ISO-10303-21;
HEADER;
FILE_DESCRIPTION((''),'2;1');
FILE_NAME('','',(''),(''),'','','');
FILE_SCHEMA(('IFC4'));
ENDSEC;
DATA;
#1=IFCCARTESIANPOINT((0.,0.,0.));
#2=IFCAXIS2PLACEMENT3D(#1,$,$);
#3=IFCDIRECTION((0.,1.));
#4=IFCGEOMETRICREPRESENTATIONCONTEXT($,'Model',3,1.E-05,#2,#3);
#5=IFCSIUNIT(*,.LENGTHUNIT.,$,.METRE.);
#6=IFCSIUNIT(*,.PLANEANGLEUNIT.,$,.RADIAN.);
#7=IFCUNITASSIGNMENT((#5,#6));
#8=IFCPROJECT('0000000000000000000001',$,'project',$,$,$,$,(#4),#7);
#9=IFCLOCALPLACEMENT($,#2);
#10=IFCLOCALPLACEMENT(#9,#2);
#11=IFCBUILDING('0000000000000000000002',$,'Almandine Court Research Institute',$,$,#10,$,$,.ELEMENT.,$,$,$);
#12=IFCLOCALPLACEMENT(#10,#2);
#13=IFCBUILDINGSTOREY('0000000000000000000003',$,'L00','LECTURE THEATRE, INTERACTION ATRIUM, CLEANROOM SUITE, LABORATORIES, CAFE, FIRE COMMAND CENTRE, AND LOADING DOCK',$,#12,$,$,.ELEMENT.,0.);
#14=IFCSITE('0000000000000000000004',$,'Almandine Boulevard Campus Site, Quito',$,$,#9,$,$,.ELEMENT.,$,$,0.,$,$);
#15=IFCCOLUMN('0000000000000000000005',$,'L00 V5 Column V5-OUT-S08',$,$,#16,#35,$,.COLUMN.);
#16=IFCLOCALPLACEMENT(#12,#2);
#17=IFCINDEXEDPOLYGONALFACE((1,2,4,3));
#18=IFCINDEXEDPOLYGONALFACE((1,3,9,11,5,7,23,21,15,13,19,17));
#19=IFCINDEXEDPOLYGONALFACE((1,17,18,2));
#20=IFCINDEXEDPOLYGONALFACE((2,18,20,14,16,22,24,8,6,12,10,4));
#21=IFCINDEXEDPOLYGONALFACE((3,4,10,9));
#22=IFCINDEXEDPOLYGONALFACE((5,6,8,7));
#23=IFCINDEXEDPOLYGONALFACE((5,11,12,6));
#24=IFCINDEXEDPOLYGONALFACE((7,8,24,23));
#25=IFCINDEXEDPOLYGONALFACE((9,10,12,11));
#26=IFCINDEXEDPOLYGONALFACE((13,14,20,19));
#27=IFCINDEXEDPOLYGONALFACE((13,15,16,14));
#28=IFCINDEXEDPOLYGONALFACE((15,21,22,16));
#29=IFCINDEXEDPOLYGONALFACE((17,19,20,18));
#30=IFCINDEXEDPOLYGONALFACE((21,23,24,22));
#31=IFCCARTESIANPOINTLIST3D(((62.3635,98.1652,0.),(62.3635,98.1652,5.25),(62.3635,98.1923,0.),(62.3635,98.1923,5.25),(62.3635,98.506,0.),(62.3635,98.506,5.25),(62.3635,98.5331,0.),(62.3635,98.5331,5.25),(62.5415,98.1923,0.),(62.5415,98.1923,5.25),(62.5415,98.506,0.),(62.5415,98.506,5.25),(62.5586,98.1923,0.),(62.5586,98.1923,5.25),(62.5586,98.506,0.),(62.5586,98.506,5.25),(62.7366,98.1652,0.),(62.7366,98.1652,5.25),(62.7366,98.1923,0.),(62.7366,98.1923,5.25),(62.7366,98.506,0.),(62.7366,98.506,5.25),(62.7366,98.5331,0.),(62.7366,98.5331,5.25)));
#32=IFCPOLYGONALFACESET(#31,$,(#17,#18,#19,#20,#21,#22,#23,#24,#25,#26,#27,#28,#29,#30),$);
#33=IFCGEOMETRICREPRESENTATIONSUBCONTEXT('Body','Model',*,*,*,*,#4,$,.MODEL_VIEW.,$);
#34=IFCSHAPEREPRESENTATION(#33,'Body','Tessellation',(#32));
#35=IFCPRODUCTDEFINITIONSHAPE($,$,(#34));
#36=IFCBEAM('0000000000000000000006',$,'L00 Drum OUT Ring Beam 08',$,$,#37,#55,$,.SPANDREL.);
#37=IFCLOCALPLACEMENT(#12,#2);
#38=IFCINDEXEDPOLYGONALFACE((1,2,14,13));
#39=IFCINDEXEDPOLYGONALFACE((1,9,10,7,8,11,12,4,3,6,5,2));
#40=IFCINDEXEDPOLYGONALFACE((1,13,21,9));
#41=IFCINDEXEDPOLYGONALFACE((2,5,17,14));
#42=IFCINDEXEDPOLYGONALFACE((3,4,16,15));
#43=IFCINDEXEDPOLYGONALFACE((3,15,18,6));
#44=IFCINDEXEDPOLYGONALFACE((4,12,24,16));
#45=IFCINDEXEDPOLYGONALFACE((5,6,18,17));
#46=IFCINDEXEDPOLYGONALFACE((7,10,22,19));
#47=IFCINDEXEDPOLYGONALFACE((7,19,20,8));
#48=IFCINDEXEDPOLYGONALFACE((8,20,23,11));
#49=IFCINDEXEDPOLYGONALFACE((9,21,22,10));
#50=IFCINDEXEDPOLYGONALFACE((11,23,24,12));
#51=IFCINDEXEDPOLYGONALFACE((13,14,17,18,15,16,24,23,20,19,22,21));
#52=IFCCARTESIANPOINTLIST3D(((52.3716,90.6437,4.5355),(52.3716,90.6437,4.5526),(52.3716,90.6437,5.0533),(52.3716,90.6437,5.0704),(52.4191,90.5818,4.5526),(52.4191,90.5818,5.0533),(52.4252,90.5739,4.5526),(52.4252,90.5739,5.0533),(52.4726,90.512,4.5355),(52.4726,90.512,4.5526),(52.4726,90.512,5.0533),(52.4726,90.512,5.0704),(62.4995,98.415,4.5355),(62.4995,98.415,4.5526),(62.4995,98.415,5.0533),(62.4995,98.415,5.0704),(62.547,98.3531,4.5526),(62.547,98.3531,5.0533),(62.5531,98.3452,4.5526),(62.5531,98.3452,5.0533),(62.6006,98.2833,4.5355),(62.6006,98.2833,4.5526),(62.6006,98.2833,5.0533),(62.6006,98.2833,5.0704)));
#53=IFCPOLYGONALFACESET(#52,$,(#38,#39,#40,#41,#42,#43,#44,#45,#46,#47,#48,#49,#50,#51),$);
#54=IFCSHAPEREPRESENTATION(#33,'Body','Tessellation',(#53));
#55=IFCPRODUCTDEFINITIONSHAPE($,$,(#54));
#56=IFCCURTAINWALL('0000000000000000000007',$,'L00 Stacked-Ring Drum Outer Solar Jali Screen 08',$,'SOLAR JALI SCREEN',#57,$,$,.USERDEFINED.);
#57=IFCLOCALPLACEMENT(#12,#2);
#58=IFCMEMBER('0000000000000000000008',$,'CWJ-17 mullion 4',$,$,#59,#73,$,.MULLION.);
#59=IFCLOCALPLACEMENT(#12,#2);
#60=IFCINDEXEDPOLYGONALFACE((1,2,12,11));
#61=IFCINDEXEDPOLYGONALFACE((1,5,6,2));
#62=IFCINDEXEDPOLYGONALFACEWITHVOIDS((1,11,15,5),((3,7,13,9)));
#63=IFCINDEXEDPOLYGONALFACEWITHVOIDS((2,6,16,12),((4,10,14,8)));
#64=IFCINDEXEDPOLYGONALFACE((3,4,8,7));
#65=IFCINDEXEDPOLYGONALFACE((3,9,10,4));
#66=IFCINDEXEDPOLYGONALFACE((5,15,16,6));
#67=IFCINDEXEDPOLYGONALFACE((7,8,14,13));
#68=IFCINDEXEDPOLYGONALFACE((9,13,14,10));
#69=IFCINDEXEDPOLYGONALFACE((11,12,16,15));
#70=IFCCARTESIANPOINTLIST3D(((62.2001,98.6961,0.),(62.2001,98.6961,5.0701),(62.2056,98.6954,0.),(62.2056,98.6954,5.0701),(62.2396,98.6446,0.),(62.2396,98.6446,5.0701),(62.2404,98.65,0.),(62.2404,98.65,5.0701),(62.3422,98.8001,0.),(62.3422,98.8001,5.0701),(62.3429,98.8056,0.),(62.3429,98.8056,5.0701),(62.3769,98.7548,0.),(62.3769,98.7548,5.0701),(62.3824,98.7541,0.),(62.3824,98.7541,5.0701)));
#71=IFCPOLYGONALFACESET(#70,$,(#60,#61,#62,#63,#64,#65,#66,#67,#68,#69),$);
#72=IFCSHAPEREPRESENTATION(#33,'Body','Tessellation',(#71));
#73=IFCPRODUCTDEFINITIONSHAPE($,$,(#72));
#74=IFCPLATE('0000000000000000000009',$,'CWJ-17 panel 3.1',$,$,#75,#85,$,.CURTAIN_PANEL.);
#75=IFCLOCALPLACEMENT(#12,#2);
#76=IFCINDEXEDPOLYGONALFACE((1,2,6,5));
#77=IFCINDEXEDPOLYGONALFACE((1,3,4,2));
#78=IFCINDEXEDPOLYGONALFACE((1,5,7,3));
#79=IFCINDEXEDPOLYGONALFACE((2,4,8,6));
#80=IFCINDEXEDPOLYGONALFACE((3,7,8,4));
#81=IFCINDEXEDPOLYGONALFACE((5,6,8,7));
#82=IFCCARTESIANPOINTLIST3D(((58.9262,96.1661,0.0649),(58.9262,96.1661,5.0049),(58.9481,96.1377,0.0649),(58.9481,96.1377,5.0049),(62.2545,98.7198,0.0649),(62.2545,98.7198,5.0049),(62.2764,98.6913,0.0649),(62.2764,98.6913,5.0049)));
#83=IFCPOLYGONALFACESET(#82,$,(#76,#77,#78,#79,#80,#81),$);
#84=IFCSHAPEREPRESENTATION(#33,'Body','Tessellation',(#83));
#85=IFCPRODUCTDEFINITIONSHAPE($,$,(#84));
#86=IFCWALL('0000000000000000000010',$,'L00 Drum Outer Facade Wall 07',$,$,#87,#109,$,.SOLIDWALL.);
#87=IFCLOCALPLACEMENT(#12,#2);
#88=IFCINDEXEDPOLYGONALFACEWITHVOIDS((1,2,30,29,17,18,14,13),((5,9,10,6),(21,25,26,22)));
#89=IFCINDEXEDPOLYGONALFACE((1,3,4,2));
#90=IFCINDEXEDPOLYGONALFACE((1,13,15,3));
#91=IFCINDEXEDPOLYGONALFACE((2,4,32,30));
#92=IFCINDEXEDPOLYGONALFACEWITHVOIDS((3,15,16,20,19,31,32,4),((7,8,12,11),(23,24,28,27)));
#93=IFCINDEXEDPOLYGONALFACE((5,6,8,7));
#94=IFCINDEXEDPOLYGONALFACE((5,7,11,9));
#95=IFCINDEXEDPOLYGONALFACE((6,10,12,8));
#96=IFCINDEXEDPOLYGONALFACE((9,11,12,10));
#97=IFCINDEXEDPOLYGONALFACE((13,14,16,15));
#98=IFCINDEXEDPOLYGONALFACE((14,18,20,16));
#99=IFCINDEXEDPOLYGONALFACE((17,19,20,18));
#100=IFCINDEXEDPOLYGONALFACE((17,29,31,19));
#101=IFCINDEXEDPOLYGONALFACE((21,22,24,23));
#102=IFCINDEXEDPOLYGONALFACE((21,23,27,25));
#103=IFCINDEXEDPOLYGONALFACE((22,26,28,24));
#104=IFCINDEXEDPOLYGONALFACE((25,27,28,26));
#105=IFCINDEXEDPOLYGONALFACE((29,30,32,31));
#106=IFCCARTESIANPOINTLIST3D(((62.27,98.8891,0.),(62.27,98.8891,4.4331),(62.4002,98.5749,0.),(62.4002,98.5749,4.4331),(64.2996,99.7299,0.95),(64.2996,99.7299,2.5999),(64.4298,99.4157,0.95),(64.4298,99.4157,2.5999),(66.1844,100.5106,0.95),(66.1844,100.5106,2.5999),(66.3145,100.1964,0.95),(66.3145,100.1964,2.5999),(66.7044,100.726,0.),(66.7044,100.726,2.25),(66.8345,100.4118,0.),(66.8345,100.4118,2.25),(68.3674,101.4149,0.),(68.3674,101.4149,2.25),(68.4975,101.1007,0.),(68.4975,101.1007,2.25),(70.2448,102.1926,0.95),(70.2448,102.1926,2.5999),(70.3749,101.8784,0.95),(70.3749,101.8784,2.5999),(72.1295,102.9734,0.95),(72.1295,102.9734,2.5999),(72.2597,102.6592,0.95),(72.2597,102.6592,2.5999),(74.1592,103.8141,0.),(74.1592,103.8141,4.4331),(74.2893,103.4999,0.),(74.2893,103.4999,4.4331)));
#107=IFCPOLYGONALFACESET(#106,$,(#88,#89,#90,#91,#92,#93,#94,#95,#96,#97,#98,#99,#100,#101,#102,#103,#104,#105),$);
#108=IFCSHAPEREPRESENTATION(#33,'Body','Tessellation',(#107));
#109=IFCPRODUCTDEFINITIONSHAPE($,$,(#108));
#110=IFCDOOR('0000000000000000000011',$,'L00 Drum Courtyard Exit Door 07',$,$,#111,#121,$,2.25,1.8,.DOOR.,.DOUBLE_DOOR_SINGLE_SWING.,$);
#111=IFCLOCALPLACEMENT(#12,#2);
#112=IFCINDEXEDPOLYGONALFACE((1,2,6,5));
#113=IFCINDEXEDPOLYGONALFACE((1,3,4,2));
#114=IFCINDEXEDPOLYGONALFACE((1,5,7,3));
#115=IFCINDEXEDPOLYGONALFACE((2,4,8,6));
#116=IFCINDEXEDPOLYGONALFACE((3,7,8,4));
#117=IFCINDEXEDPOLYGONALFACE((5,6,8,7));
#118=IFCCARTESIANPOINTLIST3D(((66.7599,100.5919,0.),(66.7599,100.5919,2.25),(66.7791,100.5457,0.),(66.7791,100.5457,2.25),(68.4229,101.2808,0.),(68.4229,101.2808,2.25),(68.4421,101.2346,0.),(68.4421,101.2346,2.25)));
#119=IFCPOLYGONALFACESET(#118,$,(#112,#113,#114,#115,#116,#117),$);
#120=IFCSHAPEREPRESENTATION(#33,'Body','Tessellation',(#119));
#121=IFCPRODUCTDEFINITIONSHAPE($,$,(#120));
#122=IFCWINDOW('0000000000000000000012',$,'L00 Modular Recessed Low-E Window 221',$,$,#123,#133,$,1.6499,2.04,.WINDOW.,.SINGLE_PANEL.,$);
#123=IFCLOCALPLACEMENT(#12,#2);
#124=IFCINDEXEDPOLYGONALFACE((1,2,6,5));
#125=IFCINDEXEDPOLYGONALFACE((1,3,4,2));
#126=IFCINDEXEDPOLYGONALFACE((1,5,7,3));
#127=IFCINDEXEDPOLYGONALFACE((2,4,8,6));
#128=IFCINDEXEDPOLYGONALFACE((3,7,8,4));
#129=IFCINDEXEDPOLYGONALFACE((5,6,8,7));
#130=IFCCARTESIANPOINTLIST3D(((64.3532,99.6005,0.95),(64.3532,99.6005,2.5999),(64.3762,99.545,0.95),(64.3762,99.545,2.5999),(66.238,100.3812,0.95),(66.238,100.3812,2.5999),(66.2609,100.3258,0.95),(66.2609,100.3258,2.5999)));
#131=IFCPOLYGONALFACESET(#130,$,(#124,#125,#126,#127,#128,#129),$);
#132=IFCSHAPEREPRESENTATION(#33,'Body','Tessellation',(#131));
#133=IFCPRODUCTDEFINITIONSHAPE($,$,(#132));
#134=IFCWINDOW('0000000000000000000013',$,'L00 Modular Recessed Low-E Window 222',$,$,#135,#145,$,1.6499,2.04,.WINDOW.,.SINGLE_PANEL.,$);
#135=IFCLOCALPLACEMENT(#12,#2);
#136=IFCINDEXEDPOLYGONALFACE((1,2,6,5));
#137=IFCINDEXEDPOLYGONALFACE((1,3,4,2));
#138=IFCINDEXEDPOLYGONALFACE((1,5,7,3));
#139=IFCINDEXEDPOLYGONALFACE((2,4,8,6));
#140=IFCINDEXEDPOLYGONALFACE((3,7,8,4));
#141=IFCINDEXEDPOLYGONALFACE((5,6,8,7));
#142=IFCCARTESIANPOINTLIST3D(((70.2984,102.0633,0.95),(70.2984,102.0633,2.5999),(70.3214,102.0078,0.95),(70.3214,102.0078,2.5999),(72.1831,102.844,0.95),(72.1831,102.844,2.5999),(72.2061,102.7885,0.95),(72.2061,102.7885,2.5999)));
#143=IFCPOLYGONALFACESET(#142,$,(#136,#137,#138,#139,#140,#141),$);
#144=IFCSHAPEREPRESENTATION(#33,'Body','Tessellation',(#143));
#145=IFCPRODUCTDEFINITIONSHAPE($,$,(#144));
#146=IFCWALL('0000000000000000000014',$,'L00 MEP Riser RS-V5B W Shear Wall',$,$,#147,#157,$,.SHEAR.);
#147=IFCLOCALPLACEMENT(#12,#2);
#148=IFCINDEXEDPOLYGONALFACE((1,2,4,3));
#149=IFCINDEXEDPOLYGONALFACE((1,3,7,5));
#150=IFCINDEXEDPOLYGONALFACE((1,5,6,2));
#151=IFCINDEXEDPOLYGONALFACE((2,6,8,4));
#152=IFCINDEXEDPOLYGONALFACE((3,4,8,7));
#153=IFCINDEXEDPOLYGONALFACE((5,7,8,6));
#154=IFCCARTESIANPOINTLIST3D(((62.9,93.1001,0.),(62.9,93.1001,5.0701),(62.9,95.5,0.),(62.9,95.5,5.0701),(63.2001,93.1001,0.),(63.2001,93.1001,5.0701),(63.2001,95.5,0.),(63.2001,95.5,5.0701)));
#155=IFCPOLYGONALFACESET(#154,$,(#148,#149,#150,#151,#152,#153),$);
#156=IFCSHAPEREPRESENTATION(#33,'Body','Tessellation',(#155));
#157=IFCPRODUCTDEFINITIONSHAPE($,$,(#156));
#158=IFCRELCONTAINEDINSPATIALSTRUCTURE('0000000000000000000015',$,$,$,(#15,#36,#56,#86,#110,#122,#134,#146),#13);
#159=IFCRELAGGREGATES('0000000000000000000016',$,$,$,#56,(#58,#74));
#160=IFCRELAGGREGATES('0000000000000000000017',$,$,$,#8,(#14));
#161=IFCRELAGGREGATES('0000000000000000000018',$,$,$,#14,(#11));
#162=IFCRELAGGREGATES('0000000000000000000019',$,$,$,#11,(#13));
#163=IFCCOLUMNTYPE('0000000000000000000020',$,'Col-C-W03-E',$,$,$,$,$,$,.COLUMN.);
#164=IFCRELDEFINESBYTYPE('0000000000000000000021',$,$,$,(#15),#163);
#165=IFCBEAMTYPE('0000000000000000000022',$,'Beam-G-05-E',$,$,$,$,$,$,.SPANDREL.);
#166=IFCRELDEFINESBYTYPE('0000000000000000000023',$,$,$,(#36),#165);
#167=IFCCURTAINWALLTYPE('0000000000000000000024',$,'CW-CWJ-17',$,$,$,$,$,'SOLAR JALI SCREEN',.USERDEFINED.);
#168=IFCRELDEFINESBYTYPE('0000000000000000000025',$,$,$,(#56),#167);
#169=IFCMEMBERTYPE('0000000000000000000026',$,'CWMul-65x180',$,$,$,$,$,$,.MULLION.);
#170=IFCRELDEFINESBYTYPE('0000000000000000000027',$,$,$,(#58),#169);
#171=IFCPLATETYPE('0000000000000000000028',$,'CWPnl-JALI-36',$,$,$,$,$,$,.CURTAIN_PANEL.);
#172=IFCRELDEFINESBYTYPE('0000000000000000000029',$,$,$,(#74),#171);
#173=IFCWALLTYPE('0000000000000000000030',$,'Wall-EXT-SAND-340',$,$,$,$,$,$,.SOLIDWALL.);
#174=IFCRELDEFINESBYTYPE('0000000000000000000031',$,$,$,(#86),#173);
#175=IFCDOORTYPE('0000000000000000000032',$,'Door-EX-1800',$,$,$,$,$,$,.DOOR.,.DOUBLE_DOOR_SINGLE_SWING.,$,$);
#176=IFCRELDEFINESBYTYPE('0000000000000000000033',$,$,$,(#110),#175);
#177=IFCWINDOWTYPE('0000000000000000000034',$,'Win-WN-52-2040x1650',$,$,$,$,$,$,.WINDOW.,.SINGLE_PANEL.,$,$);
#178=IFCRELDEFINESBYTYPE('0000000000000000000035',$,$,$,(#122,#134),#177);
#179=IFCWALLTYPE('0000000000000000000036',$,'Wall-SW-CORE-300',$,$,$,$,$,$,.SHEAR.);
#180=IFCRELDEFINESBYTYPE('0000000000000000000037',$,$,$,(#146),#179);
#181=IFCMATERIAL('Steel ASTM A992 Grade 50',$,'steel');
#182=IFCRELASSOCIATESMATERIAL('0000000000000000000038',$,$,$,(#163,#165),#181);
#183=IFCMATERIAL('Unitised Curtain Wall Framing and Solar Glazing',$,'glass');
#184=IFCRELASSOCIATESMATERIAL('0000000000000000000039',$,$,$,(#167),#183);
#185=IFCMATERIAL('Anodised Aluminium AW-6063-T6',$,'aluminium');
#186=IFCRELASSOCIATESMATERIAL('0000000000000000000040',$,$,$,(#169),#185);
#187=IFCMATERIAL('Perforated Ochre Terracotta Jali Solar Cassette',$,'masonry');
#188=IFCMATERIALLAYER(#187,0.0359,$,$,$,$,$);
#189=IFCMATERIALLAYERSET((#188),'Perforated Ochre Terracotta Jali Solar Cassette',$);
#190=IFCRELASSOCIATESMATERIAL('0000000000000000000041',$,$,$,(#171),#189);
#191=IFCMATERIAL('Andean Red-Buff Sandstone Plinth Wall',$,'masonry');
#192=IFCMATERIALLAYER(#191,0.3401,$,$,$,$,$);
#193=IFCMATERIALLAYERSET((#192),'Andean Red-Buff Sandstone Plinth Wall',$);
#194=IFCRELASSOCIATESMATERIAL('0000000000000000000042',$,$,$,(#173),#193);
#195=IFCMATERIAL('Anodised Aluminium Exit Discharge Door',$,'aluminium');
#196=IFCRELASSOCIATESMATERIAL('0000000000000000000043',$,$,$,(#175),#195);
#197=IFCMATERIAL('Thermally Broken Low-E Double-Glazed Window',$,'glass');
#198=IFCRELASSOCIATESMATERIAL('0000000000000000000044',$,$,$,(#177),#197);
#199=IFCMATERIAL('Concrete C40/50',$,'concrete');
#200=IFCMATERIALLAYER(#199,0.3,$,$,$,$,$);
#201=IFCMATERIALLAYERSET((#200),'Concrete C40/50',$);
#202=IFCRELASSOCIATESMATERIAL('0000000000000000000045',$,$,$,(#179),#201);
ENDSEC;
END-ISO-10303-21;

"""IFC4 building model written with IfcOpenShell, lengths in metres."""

from ifc_helpers import new_model, si_unit, direction, frame, frame_2d, origin, origin_2d, place, context, subcontext, project, spatial, rectangle, hollow_rectangle, i_section, extrude, material, layer, layer_set, material_profile, profile_set, type_object, element, fill, aggregate, save


model = new_model("IFC4")

# Units and contexts
model_context = context("Model", 3, precision=1e-05, world=origin(), true_north=direction((0.0, 1.0)))
body_context = subcontext(model_context, "Body", "Model", "MODEL_VIEW")
ifc_project = project(units=[si_unit("LENGTHUNIT", "METRE"), si_unit("PLANEANGLEUNIT", "RADIAN")], contexts=[model_context])

# Site, building, storey
site_placement = place(None, origin())
site = spatial("IfcSite", under=ifc_project, at=site_placement, Name="Almandine Boulevard Campus Site, Quito", CompositionType="ELEMENT", RefElevation=0.0)
building_placement = place(site_placement, origin())
building = spatial("IfcBuilding", under=site, at=building_placement, Name="Almandine Court Research Institute", CompositionType="ELEMENT")
storey_placement = place(building_placement, origin())
storey = spatial("IfcBuildingStorey", under=building, at=storey_placement, Name="L00", Description="LECTURE THEATRE, INTERACTION ATRIUM, CLEANROOM SUITE, LABORATORIES, CAFE, FIRE COMMAND CENTRE, AND LOADING DOCK", CompositionType="ELEMENT", Elevation=0.0)

# Column
ifc_material_1 = material(Name="Steel ASTM A992 Grade 50", Category="steel")
ifc_material_profile_1 = material_profile(ifc_material_1, i_section(OverallWidth=0.373, OverallDepth=0.3679, WebThickness=0.0171, FlangeThickness=0.0271, at=origin_2d()), Name="W360x179")
ifc_profile_set_1 = profile_set([ifc_material_profile_1], Name="Steel ASTM A992 Grade 50")
column_type = type_object("IfcColumnType", Name="Col-C-W03-E", PredefinedType="COLUMN", material=ifc_profile_set_1)
column_placement = place(storey_placement, frame((62.55, 98.3491, 0.0), z_axis=(0.0, 0.0, 1.0), x_axis=(1.0, 0.0, 0.0)))
element("IfcColumn", 1, at=column_placement, inside=storey, type_object=column_type, Name="L00 V5 Column V5-OUT-S08", PredefinedType="COLUMN", context=body_context, shape_type="SweptSolid", body=[
    extrude(i_section(OverallWidth=0.373, OverallDepth=0.3679, WebThickness=0.0171, FlangeThickness=0.0271, at=origin_2d()), origin(), (0.0, 0.0, 1.0), 5.25),
])

# Beam
ifc_material_profile_2 = material_profile(ifc_material_1, i_section(OverallWidth=0.166, OverallDepth=0.5349, WebThickness=0.01, FlangeThickness=0.0171, at=origin_2d()), Name="W530x85")
ifc_profile_set_2 = profile_set([ifc_material_profile_2], Name="Steel ASTM A992 Grade 50")
beam_type = type_object("IfcBeamType", Name="Beam-G-05-E", PredefinedType="SPANDREL", material=ifc_profile_set_2)
beam_placement = place(storey_placement, frame((62.55, 98.3491, 4.803), z_axis=(-0.793361, -0.608752, 0.0), x_axis=(0.608752, -0.793361, 0.0)))
element("IfcBeam", 2, at=beam_placement, inside=storey, type_object=beam_type, Name="L00 Drum OUT Ring Beam 08", PredefinedType="SPANDREL", context=body_context, shape_type="SweptSolid", body=[
    extrude(i_section(OverallWidth=0.166, OverallDepth=0.5349, WebThickness=0.01, FlangeThickness=0.0171, at=origin_2d()), origin(), (0.0, 0.0, 1.0), 12.7659),
])

# Curtain wall, member, plate
ifc_material_2 = material(Name="Unitised Curtain Wall Framing and Solar Glazing", Category="glass")
curtain_wall_type = type_object("IfcCurtainWallType", Name="CW-CWJ-17", ElementType="SOLAR JALI SCREEN", PredefinedType="USERDEFINED", material=ifc_material_2)
curtain_wall_placement = place(storey_placement, origin())
curtain_wall = element("IfcCurtainWall", 3, at=curtain_wall_placement, inside=storey, type_object=curtain_wall_type, Name="L00 Stacked-Ring Drum Outer Solar Jali Screen 08", ObjectType="SOLAR JALI SCREEN", PredefinedType="USERDEFINED")
ifc_material_3 = material(Name="Anodised Aluminium AW-6063-T6", Category="aluminium")
ifc_material_profile_3 = material_profile(ifc_material_3, hollow_rectangle(XDim=0.0649, YDim=0.1799, WallThickness=0.0039, at=origin_2d()), Name="ALU RHS 65x180x4")
ifc_profile_set_3 = profile_set([ifc_material_profile_3], Name="Anodised Aluminium AW-6063-T6")
member_type = type_object("IfcMemberType", Name="CWMul-65x180", PredefinedType="MULLION", material=ifc_profile_set_3)
member_placement = place(storey_placement, frame((62.2913, 98.7251, 0.0), z_axis=(0.0, 0.0, 1.0), x_axis=(-0.608723, 0.793383, 0.0)))
member = element("IfcMember", 4, at=member_placement, type_object=member_type, Name="CWJ-17 mullion 4", PredefinedType="MULLION", context=body_context, shape_type="SweptSolid", body=[
    extrude(hollow_rectangle(XDim=0.0649, YDim=0.1799, WallThickness=0.0039, at=origin_2d()), origin(), (0.0, 0.0, 1.0), 5.0701),
])
ifc_material_4 = material(Name="Perforated Ochre Terracotta Jali Solar Cassette", Category="masonry")
ifc_layer_1 = layer(ifc_material_4, 0.0359)
ifc_layer_set_1 = layer_set([ifc_layer_1], Name="Perforated Ochre Terracotta Jali Solar Cassette")
plate_type = type_object("IfcPlateType", Name="CWPnl-JALI-36", PredefinedType="CURTAIN_PANEL", material=ifc_layer_set_1)
plate_placement = place(storey_placement, frame((60.6013, 97.4287, 0.0649), z_axis=(0.0, 0.0, 1.0), x_axis=(0.793383, 0.608723, 0.0)))
plate = element("IfcPlate", 5, at=plate_placement, type_object=plate_type, Name="CWJ-17 panel 3.1", PredefinedType="CURTAIN_PANEL", context=body_context, shape_type="SweptSolid", body=[
    extrude(rectangle(XDim=4.1951, YDim=0.0359, at=origin_2d()), origin(), (0.0, 0.0, 1.0), 4.9399),
])
aggregate(curtain_wall, [member, plate])

# Wall, openings, door, windows
ifc_material_5 = material(Name="Andean Red-Buff Sandstone Plinth Wall", Category="masonry")
ifc_layer_2 = layer(ifc_material_5, 0.3401)
ifc_layer_set_2 = layer_set([ifc_layer_2], Name="Andean Red-Buff Sandstone Plinth Wall")
wall_type_1 = type_object("IfcWallType", Name="Wall-EXT-SAND-340", PredefinedType="SOLIDWALL", material=ifc_layer_set_2)
wall_1_placement = place(storey_placement, frame((62.335, 98.7319, 0.0), z_axis=(0.0, 0.0, 1.0), x_axis=(0.923869, 0.38271, 0.0)))
wall_1 = element("IfcWall", 6, at=wall_1_placement, inside=storey, type_object=wall_type_1, Name="L00 Drum Outer Facade Wall 07", PredefinedType="SOLIDWALL", context=body_context, shape_type="SweptSolid", body=[
    extrude(rectangle(XDim=12.8689, YDim=0.3401, at=frame_2d((6.4346, 0.0))), origin(), (0.0, 0.0, 1.0), 4.4331),
])
opening_1_placement = place(wall_1_placement, frame((4.8, 0.0, 0.0)))
opening_1 = element("IfcOpeningElement", 7, at=opening_1_placement, cuts=wall_1, PredefinedType="OPENING", context=body_context, shape_type="SweptSolid", body=[
    extrude(rectangle(XDim=1.8, YDim=2.25, at=frame_2d((0.8999, 1.125))), frame((0.0, 0.1799, 0.0), z_axis=(0.0, -1.0, 0.0), x_axis=(1.0, 0.0, 0.0)), (0.0, 0.0, 1.0), 0.3601),
])
opening_2_placement = place(wall_1_placement, frame((2.197, 0.0, 0.95)))
opening_2 = element("IfcOpeningElement", 8, at=opening_2_placement, cuts=wall_1, PredefinedType="OPENING", context=body_context, shape_type="SweptSolid", body=[
    extrude(rectangle(XDim=2.04, YDim=1.6499, at=frame_2d((1.02, 0.825))), frame((0.0, 0.1799, 0.0), z_axis=(0.0, -1.0, 0.0), x_axis=(1.0, 0.0, 0.0)), (0.0, 0.0, 1.0), 0.3601),
])
opening_3_placement = place(wall_1_placement, frame((8.6321, 0.0, 0.95)))
opening_3 = element("IfcOpeningElement", 9, at=opening_3_placement, cuts=wall_1, PredefinedType="OPENING", context=body_context, shape_type="SweptSolid", body=[
    extrude(rectangle(XDim=2.04, YDim=1.6499, at=frame_2d((1.02, 0.825))), frame((0.0, 0.1799, 0.0), z_axis=(0.0, -1.0, 0.0), x_axis=(1.0, 0.0, 0.0)), (0.0, 0.0, 1.0), 0.3601),
])
ifc_material_6 = material(Name="Anodised Aluminium Exit Discharge Door", Category="aluminium")
door_type = type_object("IfcDoorType", Name="Door-EX-1800", OperationType="DOUBLE_DOOR_SINGLE_SWING", PredefinedType="DOOR", material=ifc_material_6)
door_placement = place(opening_1_placement, origin())
door = element("IfcDoor", 10, at=door_placement, inside=storey, type_object=door_type, Name="L00 Drum Courtyard Exit Door 07", OperationType="DOUBLE_DOOR_SINGLE_SWING", OverallHeight=2.25, OverallWidth=1.8, PredefinedType="DOOR", context=body_context, shape_type="SweptSolid", body=[
    extrude(rectangle(XDim=1.8, YDim=2.25, at=frame_2d((0.8999, 1.125))), frame((0.0, 0.0249, 0.0), z_axis=(0.0, -1.0, 0.0), x_axis=(1.0, 0.0, 0.0)), (0.0, 0.0, 1.0), 0.05),
])
fill(opening_1, door)
ifc_material_7 = material(Name="Thermally Broken Low-E Double-Glazed Window", Category="glass")
window_type = type_object("IfcWindowType", Name="Win-WN-52-2040x1650", PartitioningType="SINGLE_PANEL", PredefinedType="WINDOW", material=ifc_material_7)
window_1_placement = place(opening_2_placement, origin())
window_1 = element("IfcWindow", 11, at=window_1_placement, inside=storey, type_object=window_type, Name="L00 Modular Recessed Low-E Window 221", OverallHeight=1.6499, OverallWidth=2.04, PartitioningType="SINGLE_PANEL", PredefinedType="WINDOW", context=body_context, shape_type="SweptSolid", body=[
    extrude(rectangle(XDim=2.04, YDim=1.6499, at=frame_2d((1.02, 0.825))), frame((0.0, 0.03, 0.0), z_axis=(0.0, -1.0, 0.0), x_axis=(1.0, 0.0, 0.0)), (0.0, 0.0, 1.0), 0.0601),
])
fill(opening_2, window_1)
window_2_placement = place(opening_3_placement, origin())
window_2 = element("IfcWindow", 12, at=window_2_placement, inside=storey, type_object=window_type, Name="L00 Modular Recessed Low-E Window 222", OverallHeight=1.6499, OverallWidth=2.04, PartitioningType="SINGLE_PANEL", PredefinedType="WINDOW", context=body_context, shape_type="SweptSolid", body=[
    extrude(rectangle(XDim=2.04, YDim=1.6499, at=frame_2d((1.02, 0.825))), frame((0.0, 0.03, 0.0), z_axis=(0.0, -1.0, 0.0), x_axis=(1.0, 0.0, 0.0)), (0.0, 0.0, 1.0), 0.0601),
])
fill(opening_3, window_2)

# Wall
ifc_material_8 = material(Name="Concrete C40/50", Category="concrete")
ifc_layer_3 = layer(ifc_material_8, 0.3)
ifc_layer_set_3 = layer_set([ifc_layer_3], Name="Concrete C40/50")
wall_type_2 = type_object("IfcWallType", Name="Wall-SW-CORE-300", PredefinedType="SHEAR", material=ifc_layer_set_3)
wall_2_placement = place(storey_placement, frame((63.05, 93.1001, 0.0), z_axis=(0.0, 0.0, 1.0), x_axis=(0.0, 1.0, 0.0)))
element("IfcWall", 13, at=wall_2_placement, inside=storey, type_object=wall_type_2, Name="L00 MEP Riser RS-V5B W Shear Wall", PredefinedType="SHEAR", context=body_context, shape_type="SweptSolid", body=[
    extrude(rectangle(XDim=2.3999, YDim=0.3, at=frame_2d((1.2, 0.0))), origin(), (0.0, 0.0, 1.0), 5.0701),
])

save(model, "model.ifc")
